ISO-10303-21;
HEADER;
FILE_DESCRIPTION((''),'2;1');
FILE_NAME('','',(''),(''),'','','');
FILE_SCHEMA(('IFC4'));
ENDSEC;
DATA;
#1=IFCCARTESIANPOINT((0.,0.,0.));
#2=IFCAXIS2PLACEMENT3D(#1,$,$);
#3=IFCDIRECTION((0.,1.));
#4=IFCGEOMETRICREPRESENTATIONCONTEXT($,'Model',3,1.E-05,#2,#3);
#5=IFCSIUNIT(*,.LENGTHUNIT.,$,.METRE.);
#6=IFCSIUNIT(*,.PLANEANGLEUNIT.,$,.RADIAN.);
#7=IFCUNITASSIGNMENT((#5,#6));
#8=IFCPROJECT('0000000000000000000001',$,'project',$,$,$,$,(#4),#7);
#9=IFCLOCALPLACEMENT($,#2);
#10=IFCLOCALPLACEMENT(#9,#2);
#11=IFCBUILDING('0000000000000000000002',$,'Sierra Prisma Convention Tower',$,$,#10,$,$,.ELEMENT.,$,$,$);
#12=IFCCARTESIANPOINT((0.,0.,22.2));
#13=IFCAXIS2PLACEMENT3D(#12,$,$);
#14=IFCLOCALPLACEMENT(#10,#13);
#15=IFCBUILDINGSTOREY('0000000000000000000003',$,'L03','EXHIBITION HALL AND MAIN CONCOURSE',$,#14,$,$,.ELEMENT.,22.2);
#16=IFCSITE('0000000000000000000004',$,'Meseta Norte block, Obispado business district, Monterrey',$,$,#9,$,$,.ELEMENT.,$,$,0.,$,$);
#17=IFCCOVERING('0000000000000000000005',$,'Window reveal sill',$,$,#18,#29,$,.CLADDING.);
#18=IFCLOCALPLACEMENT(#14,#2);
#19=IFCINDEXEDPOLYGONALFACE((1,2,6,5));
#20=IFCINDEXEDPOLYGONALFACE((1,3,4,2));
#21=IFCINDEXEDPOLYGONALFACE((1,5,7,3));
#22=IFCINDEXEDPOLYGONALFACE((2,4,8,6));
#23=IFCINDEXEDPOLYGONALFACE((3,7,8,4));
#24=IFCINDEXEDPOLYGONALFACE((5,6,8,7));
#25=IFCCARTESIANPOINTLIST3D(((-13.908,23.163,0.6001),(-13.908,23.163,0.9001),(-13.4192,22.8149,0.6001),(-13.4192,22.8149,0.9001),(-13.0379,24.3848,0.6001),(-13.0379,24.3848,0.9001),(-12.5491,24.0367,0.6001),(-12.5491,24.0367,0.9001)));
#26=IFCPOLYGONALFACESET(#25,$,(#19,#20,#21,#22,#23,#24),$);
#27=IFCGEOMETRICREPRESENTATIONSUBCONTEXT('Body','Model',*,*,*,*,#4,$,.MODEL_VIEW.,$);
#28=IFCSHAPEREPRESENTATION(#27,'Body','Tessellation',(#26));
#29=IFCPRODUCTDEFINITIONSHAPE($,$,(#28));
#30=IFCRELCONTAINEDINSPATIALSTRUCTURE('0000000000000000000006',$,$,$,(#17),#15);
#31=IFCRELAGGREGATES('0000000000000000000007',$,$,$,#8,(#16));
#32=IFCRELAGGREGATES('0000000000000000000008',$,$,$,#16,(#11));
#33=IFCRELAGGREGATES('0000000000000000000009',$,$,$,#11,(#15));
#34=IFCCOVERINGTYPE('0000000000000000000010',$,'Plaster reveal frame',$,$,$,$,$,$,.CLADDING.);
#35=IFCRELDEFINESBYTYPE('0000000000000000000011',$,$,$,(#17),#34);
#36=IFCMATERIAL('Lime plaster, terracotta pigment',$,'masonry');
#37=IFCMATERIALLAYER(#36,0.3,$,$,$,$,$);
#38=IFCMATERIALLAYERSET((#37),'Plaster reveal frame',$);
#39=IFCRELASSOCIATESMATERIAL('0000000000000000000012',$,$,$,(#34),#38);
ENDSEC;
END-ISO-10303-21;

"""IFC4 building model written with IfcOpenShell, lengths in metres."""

from ifc_helpers import new_model, si_unit, direction, frame, origin, origin_2d, place, context, subcontext, project, spatial, rectangle, extrude, material, layer, layer_set, type_object, element, save


model = new_model("IFC4")

# Units and contexts
model_context = context("Model", 3, precision=1e-05, world=origin(), true_north=direction((0.0, 1.0)))
body_context = subcontext(model_context, "Body", "Model", "MODEL_VIEW")
ifc_project = project(units=[si_unit("LENGTHUNIT", "METRE"), si_unit("PLANEANGLEUNIT", "RADIAN")], contexts=[model_context])

# Site, building, storey
site_placement = place(None, origin())
site = spatial("IfcSite", under=ifc_project, at=site_placement, Name="Meseta Norte block, Obispado business district, Monterrey", CompositionType="ELEMENT", RefElevation=0.0)
building_placement = place(site_placement, origin())
building = spatial("IfcBuilding", under=site, at=building_placement, Name="Sierra Prisma Convention Tower", CompositionType="ELEMENT")
storey_placement = place(building_placement, frame((0.0, 0.0, 22.2)))
storey = spatial("IfcBuildingStorey", under=building, at=storey_placement, Name="L03", Description="EXHIBITION HALL AND MAIN CONCOURSE", CompositionType="ELEMENT", Elevation=22.2)

# Covering
ifc_material_1 = material(Name="Lime plaster, terracotta pigment", Category="masonry")
ifc_layer_1 = layer(ifc_material_1, 0.3)
ifc_layer_set_1 = layer_set([ifc_layer_1], Name="Plaster reveal frame")
covering_type = type_object("IfcCoveringType", Name="Plaster reveal frame", PredefinedType="CLADDING", material=ifc_layer_set_1)
for number, where, z_axis, x_axis, name in (
    (1, (-13.2285, 23.5999, 0.6001), (0.0, 0.0, 1.0), (0.580072, 0.814565, 0.0), "Window reveal sill"),
):
    element("IfcCovering", number, at=place(storey_placement, frame(where, z_axis=z_axis, x_axis=x_axis)), inside=storey, type_object=covering_type, Name=name, PredefinedType="CLADDING", context=body_context, shape_type="SweptSolid", body=[
        extrude(rectangle(XDim=1.5, YDim=0.6001, at=origin_2d()), origin(), (0.0, 0.0, 1.0), 0.3),
    ])

save(model, "model.ifc")
